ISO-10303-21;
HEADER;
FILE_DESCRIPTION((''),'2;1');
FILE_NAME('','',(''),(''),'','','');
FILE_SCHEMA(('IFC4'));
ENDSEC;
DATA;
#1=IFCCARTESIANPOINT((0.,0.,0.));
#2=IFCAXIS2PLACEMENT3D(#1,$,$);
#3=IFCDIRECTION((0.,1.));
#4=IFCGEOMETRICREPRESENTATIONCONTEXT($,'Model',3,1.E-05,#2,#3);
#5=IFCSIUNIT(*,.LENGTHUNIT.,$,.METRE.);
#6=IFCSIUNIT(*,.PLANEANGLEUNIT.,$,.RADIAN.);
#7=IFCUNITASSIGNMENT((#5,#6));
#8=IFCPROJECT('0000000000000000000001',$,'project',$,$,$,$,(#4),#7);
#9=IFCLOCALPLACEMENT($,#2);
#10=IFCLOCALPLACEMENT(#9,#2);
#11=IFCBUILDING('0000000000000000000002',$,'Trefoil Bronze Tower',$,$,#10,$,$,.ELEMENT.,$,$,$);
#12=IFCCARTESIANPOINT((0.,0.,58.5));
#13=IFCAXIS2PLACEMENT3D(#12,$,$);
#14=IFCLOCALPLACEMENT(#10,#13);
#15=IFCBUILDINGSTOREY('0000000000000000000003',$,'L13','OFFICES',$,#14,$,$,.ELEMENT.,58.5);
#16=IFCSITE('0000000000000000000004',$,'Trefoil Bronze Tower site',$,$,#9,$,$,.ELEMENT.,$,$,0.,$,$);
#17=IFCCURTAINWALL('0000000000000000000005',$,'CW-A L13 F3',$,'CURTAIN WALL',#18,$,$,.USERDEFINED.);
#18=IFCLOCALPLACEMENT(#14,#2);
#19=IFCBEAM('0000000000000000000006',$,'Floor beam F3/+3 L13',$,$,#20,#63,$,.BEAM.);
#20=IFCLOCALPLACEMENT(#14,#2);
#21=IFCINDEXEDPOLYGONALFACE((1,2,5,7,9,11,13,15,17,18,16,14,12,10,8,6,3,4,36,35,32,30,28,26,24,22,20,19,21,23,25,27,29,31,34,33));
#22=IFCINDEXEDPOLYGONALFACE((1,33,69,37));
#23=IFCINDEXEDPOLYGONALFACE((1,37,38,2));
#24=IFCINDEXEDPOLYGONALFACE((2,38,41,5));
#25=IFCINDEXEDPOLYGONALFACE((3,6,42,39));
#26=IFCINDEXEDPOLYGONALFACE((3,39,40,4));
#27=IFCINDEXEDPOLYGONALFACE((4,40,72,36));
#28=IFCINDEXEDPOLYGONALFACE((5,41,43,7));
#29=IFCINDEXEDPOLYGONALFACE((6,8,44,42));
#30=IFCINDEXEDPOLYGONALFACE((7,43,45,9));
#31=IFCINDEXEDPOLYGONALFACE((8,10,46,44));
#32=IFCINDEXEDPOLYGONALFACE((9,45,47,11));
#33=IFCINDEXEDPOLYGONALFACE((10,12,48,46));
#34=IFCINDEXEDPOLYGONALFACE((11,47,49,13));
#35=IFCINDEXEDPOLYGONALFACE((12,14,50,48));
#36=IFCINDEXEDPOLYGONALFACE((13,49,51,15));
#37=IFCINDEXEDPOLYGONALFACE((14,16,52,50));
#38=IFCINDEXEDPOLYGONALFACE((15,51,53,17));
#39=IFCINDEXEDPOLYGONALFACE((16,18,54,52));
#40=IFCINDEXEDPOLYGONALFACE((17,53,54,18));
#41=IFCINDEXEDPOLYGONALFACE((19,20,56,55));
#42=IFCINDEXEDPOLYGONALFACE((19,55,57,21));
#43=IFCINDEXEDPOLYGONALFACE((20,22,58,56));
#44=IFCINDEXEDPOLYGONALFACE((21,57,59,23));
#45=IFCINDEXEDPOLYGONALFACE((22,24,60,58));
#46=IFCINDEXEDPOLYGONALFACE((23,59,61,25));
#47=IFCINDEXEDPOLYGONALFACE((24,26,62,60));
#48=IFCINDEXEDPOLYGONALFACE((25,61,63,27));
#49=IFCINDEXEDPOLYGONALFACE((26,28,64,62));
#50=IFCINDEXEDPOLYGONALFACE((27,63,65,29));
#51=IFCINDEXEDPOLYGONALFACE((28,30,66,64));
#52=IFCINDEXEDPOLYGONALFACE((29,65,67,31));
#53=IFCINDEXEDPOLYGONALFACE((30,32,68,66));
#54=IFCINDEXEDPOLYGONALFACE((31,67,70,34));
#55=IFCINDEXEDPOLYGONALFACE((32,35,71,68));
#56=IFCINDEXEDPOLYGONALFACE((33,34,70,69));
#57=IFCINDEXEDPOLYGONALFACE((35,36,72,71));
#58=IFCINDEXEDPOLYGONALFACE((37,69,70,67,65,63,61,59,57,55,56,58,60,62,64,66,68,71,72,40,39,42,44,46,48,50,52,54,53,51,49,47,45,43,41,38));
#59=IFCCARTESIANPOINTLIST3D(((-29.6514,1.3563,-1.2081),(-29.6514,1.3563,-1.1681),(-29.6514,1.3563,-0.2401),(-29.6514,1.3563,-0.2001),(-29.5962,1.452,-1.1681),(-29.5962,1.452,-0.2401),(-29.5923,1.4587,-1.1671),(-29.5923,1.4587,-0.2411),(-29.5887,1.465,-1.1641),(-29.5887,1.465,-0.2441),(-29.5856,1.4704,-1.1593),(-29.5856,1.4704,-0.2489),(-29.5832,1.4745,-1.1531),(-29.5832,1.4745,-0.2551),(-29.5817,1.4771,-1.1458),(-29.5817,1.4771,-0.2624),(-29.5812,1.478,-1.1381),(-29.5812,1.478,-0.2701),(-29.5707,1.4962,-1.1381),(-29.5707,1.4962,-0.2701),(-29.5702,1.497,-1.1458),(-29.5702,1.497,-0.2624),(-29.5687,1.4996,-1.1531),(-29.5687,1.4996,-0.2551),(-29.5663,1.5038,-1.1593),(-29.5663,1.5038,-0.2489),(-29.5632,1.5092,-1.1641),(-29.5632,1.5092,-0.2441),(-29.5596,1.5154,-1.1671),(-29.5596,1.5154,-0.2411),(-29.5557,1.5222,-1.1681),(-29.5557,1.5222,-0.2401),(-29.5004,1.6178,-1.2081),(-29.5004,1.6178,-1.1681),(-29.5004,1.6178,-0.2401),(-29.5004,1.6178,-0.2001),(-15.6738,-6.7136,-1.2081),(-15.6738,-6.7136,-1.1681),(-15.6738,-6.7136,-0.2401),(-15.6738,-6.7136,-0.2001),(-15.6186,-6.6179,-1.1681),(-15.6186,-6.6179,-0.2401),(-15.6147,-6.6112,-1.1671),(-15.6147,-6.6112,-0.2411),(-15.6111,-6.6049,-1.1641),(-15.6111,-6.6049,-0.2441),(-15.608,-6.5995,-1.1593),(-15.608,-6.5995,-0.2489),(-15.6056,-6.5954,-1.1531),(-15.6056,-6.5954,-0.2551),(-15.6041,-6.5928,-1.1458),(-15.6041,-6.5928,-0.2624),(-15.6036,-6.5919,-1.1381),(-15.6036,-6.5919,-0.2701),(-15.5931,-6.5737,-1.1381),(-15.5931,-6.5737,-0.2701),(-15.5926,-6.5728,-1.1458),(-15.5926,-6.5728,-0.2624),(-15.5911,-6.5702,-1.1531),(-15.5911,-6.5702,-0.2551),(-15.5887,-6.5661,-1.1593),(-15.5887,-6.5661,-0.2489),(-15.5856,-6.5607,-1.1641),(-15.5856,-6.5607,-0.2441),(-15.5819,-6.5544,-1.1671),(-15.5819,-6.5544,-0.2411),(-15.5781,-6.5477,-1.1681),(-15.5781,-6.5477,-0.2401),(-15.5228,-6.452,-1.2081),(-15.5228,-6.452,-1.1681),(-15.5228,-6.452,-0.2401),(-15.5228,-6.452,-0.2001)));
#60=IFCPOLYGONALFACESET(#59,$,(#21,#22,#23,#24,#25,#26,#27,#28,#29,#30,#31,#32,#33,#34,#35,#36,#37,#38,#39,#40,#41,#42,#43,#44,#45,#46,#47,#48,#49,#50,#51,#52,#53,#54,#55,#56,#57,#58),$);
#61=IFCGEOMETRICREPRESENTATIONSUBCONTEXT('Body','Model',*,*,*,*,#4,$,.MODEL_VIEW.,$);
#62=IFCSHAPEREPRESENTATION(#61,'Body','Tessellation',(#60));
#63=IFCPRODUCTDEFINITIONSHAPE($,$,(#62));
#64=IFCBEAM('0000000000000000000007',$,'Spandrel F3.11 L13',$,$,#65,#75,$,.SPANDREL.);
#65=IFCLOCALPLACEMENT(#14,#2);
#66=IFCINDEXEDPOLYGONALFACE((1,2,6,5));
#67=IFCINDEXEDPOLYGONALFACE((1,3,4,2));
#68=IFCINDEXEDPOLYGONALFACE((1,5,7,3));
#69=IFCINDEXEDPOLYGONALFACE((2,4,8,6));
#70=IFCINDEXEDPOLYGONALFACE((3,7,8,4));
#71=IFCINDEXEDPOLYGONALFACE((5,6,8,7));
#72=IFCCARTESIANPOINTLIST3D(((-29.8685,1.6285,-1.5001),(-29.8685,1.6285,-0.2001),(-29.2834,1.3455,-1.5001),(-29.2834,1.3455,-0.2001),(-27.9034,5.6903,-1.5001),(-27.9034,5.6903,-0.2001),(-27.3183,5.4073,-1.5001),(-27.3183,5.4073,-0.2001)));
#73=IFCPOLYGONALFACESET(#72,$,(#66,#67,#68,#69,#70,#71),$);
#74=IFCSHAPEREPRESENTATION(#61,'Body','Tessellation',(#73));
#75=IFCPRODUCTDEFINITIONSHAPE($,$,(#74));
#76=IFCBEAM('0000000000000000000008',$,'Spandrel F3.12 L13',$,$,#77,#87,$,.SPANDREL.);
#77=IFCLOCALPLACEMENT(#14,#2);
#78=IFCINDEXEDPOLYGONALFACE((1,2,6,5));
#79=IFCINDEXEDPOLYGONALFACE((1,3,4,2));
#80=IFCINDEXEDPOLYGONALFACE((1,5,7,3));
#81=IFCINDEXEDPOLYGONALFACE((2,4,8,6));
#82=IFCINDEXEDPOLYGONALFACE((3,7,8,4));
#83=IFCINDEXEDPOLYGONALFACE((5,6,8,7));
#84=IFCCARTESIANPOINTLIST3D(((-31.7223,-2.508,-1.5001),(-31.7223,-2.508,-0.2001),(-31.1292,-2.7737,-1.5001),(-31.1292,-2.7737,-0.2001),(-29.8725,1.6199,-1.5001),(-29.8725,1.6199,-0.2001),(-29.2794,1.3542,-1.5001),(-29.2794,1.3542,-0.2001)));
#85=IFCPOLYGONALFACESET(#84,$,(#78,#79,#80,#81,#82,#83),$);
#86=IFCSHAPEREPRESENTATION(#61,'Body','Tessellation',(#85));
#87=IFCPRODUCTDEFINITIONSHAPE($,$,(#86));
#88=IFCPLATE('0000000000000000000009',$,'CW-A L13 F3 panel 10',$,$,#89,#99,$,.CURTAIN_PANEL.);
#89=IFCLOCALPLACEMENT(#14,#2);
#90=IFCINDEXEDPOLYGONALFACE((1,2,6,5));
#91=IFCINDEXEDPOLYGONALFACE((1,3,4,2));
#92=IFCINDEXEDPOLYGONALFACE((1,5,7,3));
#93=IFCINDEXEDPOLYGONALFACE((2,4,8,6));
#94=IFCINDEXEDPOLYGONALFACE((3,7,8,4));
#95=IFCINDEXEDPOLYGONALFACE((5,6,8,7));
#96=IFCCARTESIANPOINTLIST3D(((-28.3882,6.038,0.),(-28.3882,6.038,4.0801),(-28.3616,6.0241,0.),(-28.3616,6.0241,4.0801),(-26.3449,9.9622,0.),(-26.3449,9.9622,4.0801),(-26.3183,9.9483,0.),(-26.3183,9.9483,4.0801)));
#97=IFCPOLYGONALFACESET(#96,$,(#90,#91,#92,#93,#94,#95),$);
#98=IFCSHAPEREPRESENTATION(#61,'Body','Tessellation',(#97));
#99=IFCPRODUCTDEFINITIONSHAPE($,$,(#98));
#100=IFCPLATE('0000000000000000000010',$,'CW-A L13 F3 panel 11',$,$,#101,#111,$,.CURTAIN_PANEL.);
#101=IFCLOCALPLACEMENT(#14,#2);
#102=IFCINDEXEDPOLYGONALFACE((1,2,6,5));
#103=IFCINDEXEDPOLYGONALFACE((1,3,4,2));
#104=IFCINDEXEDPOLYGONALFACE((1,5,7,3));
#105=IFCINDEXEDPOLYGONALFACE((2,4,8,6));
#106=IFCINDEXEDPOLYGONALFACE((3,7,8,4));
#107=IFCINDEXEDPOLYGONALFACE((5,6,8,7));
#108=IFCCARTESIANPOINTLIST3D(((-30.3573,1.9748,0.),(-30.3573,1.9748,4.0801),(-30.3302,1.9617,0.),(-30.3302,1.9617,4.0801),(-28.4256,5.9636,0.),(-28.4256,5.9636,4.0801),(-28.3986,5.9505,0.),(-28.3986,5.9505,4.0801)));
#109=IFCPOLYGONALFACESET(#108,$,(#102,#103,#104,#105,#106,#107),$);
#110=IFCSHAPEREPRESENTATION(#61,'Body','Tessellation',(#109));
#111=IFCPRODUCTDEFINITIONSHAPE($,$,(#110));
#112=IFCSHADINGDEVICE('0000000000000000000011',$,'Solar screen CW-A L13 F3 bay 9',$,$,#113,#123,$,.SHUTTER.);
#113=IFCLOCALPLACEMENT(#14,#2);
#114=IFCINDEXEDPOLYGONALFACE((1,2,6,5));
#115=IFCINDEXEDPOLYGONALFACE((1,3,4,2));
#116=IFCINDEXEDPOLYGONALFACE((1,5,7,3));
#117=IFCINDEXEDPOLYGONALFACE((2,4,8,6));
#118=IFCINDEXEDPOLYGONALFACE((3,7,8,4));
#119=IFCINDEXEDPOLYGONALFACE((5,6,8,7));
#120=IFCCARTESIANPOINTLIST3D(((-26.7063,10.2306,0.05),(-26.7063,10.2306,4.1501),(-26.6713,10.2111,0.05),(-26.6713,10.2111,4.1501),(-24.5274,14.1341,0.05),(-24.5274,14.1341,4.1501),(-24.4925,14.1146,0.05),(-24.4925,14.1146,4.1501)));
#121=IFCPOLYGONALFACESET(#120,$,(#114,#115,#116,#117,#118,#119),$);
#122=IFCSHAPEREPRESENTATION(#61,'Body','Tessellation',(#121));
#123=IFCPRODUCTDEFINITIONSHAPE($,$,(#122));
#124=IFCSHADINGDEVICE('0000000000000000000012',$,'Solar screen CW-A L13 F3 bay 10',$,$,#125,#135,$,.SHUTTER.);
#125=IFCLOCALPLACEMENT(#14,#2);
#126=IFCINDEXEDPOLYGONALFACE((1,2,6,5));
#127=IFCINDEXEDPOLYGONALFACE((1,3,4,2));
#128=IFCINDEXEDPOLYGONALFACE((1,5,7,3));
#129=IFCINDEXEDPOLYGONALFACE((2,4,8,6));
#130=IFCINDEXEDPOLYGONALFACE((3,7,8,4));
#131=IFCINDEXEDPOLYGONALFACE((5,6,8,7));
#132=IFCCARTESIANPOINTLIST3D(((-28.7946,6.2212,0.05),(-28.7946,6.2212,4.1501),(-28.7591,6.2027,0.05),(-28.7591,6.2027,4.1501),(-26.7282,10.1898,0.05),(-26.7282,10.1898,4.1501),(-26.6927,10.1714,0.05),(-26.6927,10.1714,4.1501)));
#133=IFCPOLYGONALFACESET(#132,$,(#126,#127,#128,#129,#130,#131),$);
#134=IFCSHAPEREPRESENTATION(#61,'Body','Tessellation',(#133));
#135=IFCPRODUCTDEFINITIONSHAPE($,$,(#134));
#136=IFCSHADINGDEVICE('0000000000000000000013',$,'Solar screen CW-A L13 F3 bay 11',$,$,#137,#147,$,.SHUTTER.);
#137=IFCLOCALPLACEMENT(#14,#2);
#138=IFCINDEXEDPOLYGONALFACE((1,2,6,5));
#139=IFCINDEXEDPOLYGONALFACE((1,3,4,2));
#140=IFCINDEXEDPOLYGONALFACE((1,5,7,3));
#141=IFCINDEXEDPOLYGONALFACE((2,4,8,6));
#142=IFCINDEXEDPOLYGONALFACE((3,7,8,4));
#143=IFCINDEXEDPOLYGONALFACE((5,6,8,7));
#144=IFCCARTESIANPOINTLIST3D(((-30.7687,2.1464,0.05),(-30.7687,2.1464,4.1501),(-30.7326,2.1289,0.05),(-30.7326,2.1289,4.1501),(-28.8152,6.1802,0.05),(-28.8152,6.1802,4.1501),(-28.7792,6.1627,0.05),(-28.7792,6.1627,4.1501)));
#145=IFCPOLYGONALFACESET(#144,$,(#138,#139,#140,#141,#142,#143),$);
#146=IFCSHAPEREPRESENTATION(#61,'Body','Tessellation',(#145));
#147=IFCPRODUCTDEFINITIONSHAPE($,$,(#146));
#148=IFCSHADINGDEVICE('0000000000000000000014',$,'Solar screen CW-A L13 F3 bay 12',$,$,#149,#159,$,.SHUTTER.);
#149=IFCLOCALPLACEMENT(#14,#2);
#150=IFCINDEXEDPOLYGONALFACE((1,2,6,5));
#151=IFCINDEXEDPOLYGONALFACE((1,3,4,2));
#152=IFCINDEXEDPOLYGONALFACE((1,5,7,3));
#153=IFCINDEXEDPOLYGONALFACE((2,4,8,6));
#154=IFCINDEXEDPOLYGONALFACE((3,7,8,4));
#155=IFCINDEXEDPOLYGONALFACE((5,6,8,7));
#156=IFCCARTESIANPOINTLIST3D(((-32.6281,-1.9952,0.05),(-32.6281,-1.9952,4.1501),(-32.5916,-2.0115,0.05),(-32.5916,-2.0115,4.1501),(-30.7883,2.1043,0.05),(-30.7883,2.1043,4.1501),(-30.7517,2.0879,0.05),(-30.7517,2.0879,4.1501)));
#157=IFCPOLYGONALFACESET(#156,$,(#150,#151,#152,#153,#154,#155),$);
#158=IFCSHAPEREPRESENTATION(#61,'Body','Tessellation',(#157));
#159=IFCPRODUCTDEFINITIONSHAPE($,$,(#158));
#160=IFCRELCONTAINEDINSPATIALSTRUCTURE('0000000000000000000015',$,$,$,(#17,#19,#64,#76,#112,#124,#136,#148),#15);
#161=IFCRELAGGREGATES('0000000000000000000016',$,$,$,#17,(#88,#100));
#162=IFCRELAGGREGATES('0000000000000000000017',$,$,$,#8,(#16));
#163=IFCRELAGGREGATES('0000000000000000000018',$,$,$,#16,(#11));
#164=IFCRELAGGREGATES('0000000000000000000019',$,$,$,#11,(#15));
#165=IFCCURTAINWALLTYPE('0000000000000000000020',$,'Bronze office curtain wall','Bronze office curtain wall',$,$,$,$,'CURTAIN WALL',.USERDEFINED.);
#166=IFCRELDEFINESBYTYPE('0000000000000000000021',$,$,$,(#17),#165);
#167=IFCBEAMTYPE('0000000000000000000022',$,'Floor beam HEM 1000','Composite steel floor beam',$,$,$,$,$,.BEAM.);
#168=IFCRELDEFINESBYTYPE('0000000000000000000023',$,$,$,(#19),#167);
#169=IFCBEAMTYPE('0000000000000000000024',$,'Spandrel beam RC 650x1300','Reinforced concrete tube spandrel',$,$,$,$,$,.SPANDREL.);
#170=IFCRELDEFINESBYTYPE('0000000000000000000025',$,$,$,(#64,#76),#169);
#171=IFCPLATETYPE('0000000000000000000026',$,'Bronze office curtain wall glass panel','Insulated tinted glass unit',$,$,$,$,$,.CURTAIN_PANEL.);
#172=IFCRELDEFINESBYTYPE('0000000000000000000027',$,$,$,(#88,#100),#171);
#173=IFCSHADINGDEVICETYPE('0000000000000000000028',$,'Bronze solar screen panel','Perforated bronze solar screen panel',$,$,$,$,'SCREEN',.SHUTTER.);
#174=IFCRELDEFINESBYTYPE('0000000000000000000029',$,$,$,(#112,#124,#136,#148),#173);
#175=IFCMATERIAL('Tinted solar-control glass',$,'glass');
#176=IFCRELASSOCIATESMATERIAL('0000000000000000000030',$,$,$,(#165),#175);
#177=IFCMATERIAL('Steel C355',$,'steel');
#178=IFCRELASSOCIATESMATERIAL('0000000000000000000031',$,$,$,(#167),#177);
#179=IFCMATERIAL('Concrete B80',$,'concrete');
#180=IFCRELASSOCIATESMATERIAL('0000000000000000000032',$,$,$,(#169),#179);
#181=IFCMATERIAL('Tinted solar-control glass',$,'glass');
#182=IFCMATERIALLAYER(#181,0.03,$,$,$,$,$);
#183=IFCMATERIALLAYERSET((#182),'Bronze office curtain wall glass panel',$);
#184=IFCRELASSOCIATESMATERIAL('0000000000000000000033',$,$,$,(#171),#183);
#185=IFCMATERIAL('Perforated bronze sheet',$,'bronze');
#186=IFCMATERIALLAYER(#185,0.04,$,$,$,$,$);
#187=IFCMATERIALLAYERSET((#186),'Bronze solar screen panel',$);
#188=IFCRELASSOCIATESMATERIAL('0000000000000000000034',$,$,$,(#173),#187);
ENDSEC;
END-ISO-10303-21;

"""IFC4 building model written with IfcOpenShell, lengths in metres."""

from ifc_helpers import new_model, si_unit, direction, frame, origin, origin_2d, place, context, subcontext, project, spatial, rectangle, i_section, extrude, material, layer, layer_set, material_profile, profile_set, type_object, element, aggregate, save


model = new_model("IFC4")

# Units and contexts
model_context = context("Model", 3, precision=1e-05, world=origin(), true_north=direction((0.0, 1.0)))
body_context = subcontext(model_context, "Body", "Model", "MODEL_VIEW")
ifc_project = project(units=[si_unit("LENGTHUNIT", "METRE"), si_unit("PLANEANGLEUNIT", "RADIAN")], contexts=[model_context])

# Site, building, storey
site_placement = place(None, origin())
site = spatial("IfcSite", under=ifc_project, at=site_placement, Name="Trefoil Bronze Tower site", CompositionType="ELEMENT", RefElevation=0.0)
building_placement = place(site_placement, origin())
building = spatial("IfcBuilding", under=site, at=building_placement, Name="Trefoil Bronze Tower", CompositionType="ELEMENT")
storey_placement = place(building_placement, frame((0.0, 0.0, 58.5)))
storey = spatial("IfcBuildingStorey", under=building, at=storey_placement, Name="L13", Description="OFFICES", CompositionType="ELEMENT", Elevation=58.5)

# Curtain wall
ifc_material_1 = material(Name="Tinted solar-control glass", Category="glass")
curtain_wall_type = type_object("IfcCurtainWallType", Name="Bronze office curtain wall", Description="Bronze office curtain wall", ElementType="CURTAIN WALL", PredefinedType="USERDEFINED", material=ifc_material_1)
curtain_wall_placement = place(storey_placement, origin())
curtain_wall = element("IfcCurtainWall", 1, at=curtain_wall_placement, inside=storey, type_object=curtain_wall_type, Name="CW-A L13 F3", ObjectType="CURTAIN WALL", PredefinedType="USERDEFINED")

# Beams
ifc_material_2 = material(Name="Steel C355", Category="steel")
ifc_material_profile_1 = material_profile(ifc_material_2, i_section(OverallWidth=0.302, OverallDepth=1.0081, WebThickness=0.021, FlangeThickness=0.04, FilletRadius=0.03, at=origin_2d()), Name="HEM 1000")
ifc_profile_set_1 = profile_set([ifc_material_profile_1], Name="Steel C355")
beam_type_1 = type_object("IfcBeamType", Name="Floor beam HEM 1000", Description="Composite steel floor beam", PredefinedType="BEAM", material=ifc_profile_set_1)
beam_1_placement = place(storey_placement, frame((-29.5759, 1.4871, -0.7041), z_axis=(0.866028, -0.499995, 0.0), x_axis=(0.499995, 0.866028, 0.0)))
element("IfcBeam", 2, at=beam_1_placement, inside=storey, type_object=beam_type_1, Name="Floor beam F3/+3 L13", PredefinedType="BEAM", context=body_context, shape_type="SweptSolid", body=[
    extrude(i_section(OverallWidth=0.302, OverallDepth=1.0081, WebThickness=0.021, FlangeThickness=0.04, FilletRadius=0.03, at=origin_2d()), origin(), (0.0, 0.0, 1.0), 16.1399),
])
ifc_material_3 = material(Name="Concrete B80", Category="concrete")
ifc_material_profile_2 = material_profile(ifc_material_3, rectangle(XDim=0.6499, YDim=1.3, at=origin_2d()), Name="RC 650x1300")
ifc_profile_set_2 = profile_set([ifc_material_profile_2], Name="Concrete B80")
beam_type_2 = type_object("IfcBeamType", Name="Spandrel beam RC 650x1300", Description="Reinforced concrete tube spandrel", PredefinedType="SPANDREL", material=ifc_profile_set_2)
beam_2_placement = place(storey_placement, frame((-27.6108, 5.5488, -0.8501), z_axis=(-0.43551, -0.900184, 0.0), x_axis=(0.900184, -0.43551, 0.0)))
element("IfcBeam", 3, at=beam_2_placement, inside=storey, type_object=beam_type_2, Name="Spandrel F3.11 L13", PredefinedType="SPANDREL", context=body_context, shape_type="SweptSolid", body=[
    extrude(rectangle(XDim=0.6499, YDim=1.3, at=origin_2d()), origin(), (0.0, 0.0, 1.0), 4.5122),
])
beam_3_placement = place(storey_placement, frame((-29.5759, 1.4871, -0.8501), z_axis=(-0.408946, -0.912559, 0.0), x_axis=(0.912559, -0.408946, 0.0)))
element("IfcBeam", 4, at=beam_3_placement, inside=storey, type_object=beam_type_2, Name="Spandrel F3.12 L13", PredefinedType="SPANDREL", context=body_context, shape_type="SweptSolid", body=[
    extrude(rectangle(XDim=0.6499, YDim=1.3, at=origin_2d()), origin(), (0.0, 0.0, 1.0), 4.5234),
])

# Plates
ifc_material_4 = material(Name="Tinted solar-control glass", Category="glass")
ifc_layer_1 = layer(ifc_material_4, 0.03)
ifc_layer_set_1 = layer_set([ifc_layer_1], Name="Bronze office curtain wall glass panel")
plate_type = type_object("IfcPlateType", Name="Bronze office curtain wall glass panel", Description="Insulated tinted glass unit", PredefinedType="CURTAIN_PANEL", material=ifc_layer_set_1)
plate_1_placement = place(storey_placement, frame((-27.3533, 7.9932, 0.0), z_axis=(0.0, 0.0, 1.0), x_axis=(-0.46183, -0.886969, 0.0)))
plate_1 = element("IfcPlate", 5, at=plate_1_placement, type_object=plate_type, Name="CW-A L13 F3 panel 10", PredefinedType="CURTAIN_PANEL", context=body_context, shape_type="SweptSolid", body=[
    extrude(rectangle(XDim=4.4243, YDim=0.03, at=origin_2d()), origin(), (0.0, 0.0, 1.0), 4.0801),
])
plate_2_placement = place(storey_placement, frame((-29.3779, 3.9626, 0.0), z_axis=(0.0, 0.0, 1.0), x_axis=(-0.435855, -0.900017, 0.0)))
plate_2 = element("IfcPlate", 6, at=plate_2_placement, type_object=plate_type, Name="CW-A L13 F3 panel 11", PredefinedType="CURTAIN_PANEL", context=body_context, shape_type="SweptSolid", body=[
    extrude(rectangle(XDim=4.4319, YDim=0.03, at=origin_2d()), origin(), (0.0, 0.0, 1.0), 4.0801),
])
aggregate(curtain_wall, [plate_1, plate_2])

# Shading devices
ifc_material_5 = material(Name="Perforated bronze sheet", Category="bronze")
ifc_layer_2 = layer(ifc_material_5, 0.04)
ifc_layer_set_2 = layer_set([ifc_layer_2], Name="Bronze solar screen panel")
shading_device_type = type_object("IfcShadingDeviceType", Name="Bronze solar screen panel", Description="Perforated bronze solar screen panel", ElementType="SCREEN", PredefinedType="SHUTTER", material=ifc_layer_set_2)
shading_device_1_placement = place(storey_placement, frame((-25.5994, 12.1726, 0.05), z_axis=(0.0, 0.0, 1.0), x_axis=(-0.487382, -0.873189, 0.0)))
element("IfcShadingDevice", 7, at=shading_device_1_placement, inside=storey, type_object=shading_device_type, Name="Solar screen CW-A L13 F3 bay 9", PredefinedType="SHUTTER", context=body_context, shape_type="SweptSolid", body=[
    extrude(rectangle(XDim=4.4705, YDim=0.04, at=origin_2d()), origin(), (0.0, 0.0, 1.0), 4.1001),
])
shading_device_2_placement = place(storey_placement, frame((-27.7437, 8.1963, 0.05), z_axis=(0.0, 0.0, 1.0), x_axis=(-0.46183, -0.886969, 0.0)))
element("IfcShadingDevice", 8, at=shading_device_2_placement, inside=storey, type_object=shading_device_type, Name="Solar screen CW-A L13 F3 bay 10", PredefinedType="SHUTTER", context=body_context, shape_type="SweptSolid", body=[
    extrude(rectangle(XDim=4.4744, YDim=0.04, at=origin_2d()), origin(), (0.0, 0.0, 1.0), 4.1001),
])
shading_device_3_placement = place(storey_placement, frame((-29.7739, 4.1545, 0.05), z_axis=(0.0, 0.0, 1.0), x_axis=(-0.435855, -0.900017, 0.0)))
element("IfcShadingDevice", 9, at=shading_device_3_placement, inside=storey, type_object=shading_device_type, Name="Solar screen CW-A L13 F3 bay 11", PredefinedType="SHUTTER", context=body_context, shape_type="SweptSolid", body=[
    extrude(rectangle(XDim=4.4819, YDim=0.04, at=origin_2d()), origin(), (0.0, 0.0, 1.0), 4.1001),
])
shading_device_4_placement = place(storey_placement, frame((-31.6899, 0.0464, 0.05), z_axis=(0.0, 0.0, 1.0), x_axis=(-0.409456, -0.91233, 0.0)))
element("IfcShadingDevice", 10, at=shading_device_4_placement, inside=storey, type_object=shading_device_type, Name="Solar screen CW-A L13 F3 bay 12", PredefinedType="SHUTTER", context=body_context, shape_type="SweptSolid", body=[
    extrude(rectangle(XDim=4.4934, YDim=0.04, at=origin_2d()), origin(), (0.0, 0.0, 1.0), 4.1001),
])

save(model, "model.ifc")
